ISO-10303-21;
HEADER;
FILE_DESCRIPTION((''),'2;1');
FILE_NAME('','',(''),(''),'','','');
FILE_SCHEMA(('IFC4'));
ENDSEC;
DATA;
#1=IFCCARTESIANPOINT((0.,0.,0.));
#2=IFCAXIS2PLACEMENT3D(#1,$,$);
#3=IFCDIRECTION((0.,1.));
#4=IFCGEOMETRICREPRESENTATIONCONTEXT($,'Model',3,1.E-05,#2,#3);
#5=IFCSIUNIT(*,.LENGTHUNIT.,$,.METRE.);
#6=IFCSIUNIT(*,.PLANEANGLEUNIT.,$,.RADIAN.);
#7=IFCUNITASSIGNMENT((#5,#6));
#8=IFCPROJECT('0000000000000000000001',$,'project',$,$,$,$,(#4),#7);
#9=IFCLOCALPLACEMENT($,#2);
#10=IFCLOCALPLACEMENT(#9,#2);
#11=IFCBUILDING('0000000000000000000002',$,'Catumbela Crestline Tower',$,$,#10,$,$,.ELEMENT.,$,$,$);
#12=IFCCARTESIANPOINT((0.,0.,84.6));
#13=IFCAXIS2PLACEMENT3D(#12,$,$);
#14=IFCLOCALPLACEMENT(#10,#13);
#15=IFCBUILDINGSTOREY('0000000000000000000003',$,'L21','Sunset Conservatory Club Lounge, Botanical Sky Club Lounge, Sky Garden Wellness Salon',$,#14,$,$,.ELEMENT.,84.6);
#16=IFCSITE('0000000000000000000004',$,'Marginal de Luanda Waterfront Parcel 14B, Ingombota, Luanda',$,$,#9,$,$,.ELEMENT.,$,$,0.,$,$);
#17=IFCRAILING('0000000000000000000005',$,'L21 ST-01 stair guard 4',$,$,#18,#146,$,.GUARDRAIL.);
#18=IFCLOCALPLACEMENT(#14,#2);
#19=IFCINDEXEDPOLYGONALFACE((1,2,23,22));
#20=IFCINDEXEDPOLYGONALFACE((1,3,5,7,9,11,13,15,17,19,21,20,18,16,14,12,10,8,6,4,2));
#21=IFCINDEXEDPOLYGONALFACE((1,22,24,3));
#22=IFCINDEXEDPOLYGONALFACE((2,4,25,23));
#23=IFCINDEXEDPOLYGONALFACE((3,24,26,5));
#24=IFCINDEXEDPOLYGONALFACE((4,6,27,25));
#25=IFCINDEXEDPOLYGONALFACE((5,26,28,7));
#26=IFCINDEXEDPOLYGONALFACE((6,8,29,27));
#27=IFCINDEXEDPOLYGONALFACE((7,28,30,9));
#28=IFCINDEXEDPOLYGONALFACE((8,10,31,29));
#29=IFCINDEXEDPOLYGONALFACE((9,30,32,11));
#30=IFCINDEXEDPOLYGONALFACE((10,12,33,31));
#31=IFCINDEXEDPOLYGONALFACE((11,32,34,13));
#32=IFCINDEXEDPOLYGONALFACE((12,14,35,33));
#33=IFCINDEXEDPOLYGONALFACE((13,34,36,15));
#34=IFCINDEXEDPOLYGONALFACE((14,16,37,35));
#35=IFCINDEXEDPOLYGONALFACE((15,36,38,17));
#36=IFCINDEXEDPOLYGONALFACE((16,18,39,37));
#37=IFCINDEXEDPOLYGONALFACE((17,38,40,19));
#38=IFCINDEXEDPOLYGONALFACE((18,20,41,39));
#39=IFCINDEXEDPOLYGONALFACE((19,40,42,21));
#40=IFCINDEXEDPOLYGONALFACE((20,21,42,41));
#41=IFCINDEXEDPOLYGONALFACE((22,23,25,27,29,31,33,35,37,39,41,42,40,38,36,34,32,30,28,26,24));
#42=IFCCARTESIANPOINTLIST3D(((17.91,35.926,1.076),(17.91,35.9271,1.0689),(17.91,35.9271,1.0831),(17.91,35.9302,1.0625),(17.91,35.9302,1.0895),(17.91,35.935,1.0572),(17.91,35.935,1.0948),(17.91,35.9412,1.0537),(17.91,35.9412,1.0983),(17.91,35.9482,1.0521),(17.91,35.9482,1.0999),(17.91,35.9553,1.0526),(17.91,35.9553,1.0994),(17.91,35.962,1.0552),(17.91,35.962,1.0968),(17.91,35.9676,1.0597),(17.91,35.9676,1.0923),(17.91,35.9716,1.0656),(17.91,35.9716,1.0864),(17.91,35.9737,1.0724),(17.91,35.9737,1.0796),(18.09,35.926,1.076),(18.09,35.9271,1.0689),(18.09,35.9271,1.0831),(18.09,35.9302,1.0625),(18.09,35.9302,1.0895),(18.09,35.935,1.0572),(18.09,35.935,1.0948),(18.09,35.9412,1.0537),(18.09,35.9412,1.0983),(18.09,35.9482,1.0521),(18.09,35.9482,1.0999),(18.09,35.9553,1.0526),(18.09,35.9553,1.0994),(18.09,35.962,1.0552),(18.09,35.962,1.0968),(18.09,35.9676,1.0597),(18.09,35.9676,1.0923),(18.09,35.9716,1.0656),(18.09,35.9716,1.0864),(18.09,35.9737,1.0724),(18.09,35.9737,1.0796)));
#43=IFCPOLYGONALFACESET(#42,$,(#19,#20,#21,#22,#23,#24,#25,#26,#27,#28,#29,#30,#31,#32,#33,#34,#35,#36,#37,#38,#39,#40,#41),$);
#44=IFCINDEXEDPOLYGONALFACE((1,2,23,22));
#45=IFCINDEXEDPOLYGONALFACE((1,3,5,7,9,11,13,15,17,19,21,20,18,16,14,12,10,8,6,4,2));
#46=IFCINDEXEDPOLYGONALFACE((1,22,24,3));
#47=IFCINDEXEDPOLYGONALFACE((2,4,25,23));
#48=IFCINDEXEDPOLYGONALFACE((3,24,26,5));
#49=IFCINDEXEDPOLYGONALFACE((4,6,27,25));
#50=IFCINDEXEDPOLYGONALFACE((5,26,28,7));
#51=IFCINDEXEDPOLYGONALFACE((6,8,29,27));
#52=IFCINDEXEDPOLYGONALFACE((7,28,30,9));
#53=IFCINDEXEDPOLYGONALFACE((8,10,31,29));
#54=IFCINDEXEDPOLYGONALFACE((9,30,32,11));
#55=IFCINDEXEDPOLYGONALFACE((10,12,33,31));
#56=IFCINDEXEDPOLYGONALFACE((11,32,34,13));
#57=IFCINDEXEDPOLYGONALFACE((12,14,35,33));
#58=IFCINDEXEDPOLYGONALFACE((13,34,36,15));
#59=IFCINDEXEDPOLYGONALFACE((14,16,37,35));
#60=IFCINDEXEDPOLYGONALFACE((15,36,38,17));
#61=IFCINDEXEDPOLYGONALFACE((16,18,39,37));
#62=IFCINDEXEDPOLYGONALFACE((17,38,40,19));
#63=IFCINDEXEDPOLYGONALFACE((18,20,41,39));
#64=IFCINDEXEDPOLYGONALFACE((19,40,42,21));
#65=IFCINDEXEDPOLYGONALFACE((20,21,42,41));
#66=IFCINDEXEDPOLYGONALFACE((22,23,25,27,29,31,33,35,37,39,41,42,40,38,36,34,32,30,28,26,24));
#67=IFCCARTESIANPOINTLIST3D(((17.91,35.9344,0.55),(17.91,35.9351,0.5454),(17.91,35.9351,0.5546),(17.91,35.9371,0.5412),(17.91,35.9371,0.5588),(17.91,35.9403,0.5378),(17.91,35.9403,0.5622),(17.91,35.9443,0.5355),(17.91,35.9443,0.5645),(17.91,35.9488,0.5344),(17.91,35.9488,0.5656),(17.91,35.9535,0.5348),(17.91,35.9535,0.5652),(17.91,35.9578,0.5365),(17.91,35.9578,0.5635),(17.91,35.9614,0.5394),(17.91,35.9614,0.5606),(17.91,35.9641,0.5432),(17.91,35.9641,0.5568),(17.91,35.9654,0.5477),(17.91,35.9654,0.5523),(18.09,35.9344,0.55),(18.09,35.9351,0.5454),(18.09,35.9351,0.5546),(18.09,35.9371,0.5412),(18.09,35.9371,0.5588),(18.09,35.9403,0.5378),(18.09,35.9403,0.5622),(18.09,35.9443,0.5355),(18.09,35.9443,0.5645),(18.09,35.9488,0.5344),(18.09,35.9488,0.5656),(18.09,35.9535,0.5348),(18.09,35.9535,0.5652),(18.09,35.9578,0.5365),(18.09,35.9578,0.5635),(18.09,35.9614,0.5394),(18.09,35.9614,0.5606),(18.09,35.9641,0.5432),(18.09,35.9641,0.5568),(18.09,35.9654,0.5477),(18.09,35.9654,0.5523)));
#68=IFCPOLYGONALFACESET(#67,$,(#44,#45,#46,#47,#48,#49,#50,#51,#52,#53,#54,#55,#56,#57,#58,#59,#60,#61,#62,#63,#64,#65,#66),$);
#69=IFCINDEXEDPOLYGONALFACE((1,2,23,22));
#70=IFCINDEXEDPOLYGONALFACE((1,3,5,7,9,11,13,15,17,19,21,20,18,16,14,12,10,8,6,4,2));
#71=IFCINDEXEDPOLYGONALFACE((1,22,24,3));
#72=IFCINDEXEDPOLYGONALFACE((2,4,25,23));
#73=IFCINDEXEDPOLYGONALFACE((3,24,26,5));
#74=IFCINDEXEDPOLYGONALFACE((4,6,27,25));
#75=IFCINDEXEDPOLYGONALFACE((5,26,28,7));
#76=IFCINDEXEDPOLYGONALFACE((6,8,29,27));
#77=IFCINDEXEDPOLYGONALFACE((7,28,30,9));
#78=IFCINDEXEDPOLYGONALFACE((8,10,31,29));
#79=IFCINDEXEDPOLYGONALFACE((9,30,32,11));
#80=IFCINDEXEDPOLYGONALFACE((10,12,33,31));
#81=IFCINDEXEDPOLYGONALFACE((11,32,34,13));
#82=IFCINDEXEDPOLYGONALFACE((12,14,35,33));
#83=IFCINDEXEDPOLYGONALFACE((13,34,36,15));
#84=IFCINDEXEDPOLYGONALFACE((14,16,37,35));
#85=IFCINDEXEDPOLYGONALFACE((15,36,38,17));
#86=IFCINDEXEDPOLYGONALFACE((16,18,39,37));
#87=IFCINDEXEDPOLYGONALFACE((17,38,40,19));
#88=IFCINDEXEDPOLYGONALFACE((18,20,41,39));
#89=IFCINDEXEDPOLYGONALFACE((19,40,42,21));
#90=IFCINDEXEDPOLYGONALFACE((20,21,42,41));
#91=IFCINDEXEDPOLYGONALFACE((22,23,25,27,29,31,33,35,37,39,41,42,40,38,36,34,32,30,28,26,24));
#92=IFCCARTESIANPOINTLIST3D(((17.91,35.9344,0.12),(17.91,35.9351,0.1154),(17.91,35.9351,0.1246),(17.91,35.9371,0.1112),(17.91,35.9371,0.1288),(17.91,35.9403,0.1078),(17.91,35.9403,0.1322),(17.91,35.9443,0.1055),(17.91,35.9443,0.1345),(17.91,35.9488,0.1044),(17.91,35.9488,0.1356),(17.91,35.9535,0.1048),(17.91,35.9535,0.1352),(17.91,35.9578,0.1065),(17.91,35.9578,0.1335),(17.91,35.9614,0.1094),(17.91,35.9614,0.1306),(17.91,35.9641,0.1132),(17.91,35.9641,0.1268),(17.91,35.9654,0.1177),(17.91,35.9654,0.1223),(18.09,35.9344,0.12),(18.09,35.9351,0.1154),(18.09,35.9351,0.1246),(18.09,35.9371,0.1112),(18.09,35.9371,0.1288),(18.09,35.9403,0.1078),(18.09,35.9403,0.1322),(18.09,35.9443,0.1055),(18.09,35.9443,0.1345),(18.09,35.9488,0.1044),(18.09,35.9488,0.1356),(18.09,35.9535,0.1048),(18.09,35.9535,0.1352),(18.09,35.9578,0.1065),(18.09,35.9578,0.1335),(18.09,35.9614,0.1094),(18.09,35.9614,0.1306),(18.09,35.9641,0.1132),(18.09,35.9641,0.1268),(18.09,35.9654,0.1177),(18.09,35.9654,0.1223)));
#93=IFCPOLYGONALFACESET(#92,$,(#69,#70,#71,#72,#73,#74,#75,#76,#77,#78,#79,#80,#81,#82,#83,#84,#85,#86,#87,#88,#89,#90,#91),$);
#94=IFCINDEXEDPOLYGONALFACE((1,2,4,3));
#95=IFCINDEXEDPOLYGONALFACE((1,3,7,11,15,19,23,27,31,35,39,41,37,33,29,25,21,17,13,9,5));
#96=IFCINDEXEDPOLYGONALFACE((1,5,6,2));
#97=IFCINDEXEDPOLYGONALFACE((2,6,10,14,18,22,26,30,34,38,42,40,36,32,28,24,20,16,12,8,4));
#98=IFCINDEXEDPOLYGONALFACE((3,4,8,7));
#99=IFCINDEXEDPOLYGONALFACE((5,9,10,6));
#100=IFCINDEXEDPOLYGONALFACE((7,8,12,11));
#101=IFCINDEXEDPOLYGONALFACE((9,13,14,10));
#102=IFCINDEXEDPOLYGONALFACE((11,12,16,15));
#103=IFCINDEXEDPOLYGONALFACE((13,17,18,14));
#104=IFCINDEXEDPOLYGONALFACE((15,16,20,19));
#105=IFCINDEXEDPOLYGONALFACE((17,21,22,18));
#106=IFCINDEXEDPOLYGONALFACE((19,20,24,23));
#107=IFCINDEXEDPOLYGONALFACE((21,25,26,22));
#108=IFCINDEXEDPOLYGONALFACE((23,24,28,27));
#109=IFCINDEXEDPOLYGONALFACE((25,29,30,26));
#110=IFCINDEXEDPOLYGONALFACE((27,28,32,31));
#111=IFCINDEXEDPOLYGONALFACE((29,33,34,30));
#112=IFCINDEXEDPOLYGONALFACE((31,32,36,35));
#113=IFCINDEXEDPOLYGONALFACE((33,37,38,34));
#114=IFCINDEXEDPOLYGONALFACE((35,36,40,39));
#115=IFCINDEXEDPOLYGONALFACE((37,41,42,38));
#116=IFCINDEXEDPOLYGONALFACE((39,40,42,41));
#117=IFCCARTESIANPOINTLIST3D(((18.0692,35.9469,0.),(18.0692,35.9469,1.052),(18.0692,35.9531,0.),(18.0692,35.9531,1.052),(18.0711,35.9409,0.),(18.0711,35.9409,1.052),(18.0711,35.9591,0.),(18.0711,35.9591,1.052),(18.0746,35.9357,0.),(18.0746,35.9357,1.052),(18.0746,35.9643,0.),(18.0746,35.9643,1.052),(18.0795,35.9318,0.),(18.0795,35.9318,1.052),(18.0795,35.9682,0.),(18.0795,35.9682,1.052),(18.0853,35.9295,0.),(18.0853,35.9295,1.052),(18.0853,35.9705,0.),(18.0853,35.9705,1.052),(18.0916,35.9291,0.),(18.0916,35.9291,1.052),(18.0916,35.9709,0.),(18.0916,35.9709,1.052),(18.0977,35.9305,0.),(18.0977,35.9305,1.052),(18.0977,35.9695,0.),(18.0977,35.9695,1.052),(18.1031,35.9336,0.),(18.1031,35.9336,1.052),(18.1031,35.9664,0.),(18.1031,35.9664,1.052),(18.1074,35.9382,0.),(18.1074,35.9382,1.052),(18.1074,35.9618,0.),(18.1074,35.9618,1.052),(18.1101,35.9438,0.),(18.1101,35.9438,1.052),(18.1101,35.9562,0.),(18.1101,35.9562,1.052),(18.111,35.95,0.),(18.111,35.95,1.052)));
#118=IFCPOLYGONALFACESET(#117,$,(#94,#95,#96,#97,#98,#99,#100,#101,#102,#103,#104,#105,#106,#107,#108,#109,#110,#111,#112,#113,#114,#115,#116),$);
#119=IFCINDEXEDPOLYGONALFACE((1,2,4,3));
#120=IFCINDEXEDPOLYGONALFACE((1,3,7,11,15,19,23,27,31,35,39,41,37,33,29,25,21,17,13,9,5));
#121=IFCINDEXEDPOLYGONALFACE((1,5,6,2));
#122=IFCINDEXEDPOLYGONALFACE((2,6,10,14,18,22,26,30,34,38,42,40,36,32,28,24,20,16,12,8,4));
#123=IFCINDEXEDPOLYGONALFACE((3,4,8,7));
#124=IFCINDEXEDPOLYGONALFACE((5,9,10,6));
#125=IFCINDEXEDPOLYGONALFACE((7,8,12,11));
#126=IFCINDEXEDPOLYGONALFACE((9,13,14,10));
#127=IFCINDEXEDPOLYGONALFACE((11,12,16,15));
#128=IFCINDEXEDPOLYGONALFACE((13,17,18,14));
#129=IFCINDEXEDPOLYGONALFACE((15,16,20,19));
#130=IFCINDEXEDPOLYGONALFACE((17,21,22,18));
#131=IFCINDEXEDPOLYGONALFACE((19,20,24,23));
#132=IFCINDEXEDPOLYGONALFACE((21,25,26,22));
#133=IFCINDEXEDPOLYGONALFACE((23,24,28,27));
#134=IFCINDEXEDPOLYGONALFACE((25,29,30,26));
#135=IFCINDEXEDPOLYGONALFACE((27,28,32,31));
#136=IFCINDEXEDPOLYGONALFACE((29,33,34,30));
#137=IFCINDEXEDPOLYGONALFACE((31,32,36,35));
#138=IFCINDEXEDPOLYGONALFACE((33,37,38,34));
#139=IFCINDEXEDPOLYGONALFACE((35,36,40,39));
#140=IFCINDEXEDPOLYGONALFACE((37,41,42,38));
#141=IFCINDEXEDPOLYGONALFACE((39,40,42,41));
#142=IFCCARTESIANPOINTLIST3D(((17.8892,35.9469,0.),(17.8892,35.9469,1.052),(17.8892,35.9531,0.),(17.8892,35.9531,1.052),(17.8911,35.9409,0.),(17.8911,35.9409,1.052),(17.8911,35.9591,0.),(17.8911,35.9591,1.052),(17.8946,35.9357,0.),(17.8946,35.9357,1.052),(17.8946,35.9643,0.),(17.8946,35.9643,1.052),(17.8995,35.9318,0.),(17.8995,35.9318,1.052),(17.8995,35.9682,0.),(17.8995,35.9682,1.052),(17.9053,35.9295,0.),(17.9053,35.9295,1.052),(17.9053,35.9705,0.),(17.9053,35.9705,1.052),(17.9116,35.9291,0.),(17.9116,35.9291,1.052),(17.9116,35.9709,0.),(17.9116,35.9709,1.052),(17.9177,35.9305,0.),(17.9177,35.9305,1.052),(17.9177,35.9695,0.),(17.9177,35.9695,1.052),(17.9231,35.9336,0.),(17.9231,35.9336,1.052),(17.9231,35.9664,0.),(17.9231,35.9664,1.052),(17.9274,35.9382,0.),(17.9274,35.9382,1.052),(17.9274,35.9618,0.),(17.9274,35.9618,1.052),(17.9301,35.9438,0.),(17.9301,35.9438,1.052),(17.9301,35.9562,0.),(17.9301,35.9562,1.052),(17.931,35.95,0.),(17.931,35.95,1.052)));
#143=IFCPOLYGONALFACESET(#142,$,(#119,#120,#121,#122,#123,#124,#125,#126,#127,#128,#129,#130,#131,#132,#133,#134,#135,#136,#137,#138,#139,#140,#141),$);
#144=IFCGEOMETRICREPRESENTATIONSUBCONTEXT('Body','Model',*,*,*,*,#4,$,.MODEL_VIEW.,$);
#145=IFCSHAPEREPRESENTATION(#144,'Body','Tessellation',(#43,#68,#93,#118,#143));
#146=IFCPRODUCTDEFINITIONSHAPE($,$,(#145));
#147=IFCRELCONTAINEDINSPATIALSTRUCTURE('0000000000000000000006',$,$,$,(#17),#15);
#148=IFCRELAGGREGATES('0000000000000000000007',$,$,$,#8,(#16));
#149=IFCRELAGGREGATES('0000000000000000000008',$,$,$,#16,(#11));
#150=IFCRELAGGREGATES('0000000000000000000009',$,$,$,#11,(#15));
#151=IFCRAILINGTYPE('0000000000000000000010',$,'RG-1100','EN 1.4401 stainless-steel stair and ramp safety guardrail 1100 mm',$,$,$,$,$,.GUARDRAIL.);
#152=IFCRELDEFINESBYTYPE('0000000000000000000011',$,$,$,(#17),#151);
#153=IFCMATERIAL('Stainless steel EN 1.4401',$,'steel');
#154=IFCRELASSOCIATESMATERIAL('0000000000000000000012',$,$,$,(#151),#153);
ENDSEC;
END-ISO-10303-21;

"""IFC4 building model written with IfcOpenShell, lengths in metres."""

from ifc_helpers import new_model, si_unit, direction, frame, origin, origin_2d, place, context, subcontext, project, spatial, circle, extrude, material, type_object, element, save


model = new_model("IFC4")

# Units and contexts
model_context = context("Model", 3, precision=1e-05, world=origin(), true_north=direction((0.0, 1.0)))
body_context = subcontext(model_context, "Body", "Model", "MODEL_VIEW")
ifc_project = project(units=[si_unit("LENGTHUNIT", "METRE"), si_unit("PLANEANGLEUNIT", "RADIAN")], contexts=[model_context])

# Site, building, storey
site_placement = place(None, origin())
site = spatial("IfcSite", under=ifc_project, at=site_placement, Name="Marginal de Luanda Waterfront Parcel 14B, Ingombota, Luanda", CompositionType="ELEMENT", RefElevation=0.0)
building_placement = place(site_placement, origin())
building = spatial("IfcBuilding", under=site, at=building_placement, Name="Catumbela Crestline Tower", CompositionType="ELEMENT")
storey_placement = place(building_placement, frame((0.0, 0.0, 84.6)))
storey = spatial("IfcBuildingStorey", under=building, at=storey_placement, Name="L21", Description="Sunset Conservatory Club Lounge, Botanical Sky Club Lounge, Sky Garden Wellness Salon", CompositionType="ELEMENT", Elevation=84.6)

# Shared definitions
ifc_material_1 = material(Name="Stainless steel EN 1.4401", Category="steel")

# Railing
railing_type_1 = type_object("IfcRailingType", Name="RG-1100", Description="EN 1.4401 stainless-steel stair and ramp safety guardrail 1100 mm", PredefinedType="GUARDRAIL", material=ifc_material_1)
railing_1_placement = place(storey_placement, frame((18.09, 35.95, 0.0)))
element("IfcRailing", 1, at=railing_1_placement, inside=storey, type_object=railing_type_1, Name="L21 ST-01 stair guard 4", PredefinedType="GUARDRAIL", context=body_context, shape_type="SweptSolid", body=[
    extrude(circle(Radius=0.024, at=origin_2d()), frame((0.0, 0.0, 1.076), z_axis=(-1.0, 0.0, 0.0), x_axis=(0.0, -1.0, 0.0)), (0.0, 0.0, 1.0), 0.18),
    extrude(circle(Radius=0.0156, at=origin_2d()), frame((0.0, 0.0, 0.55), z_axis=(-1.0, 0.0, 0.0), x_axis=(0.0, -1.0, 0.0)), (0.0, 0.0, 1.0), 0.18),
    extrude(circle(Radius=0.0156, at=origin_2d()), frame((0.0, 0.0, 0.12), z_axis=(-1.0, 0.0, 0.0), x_axis=(0.0, -1.0, 0.0)), (0.0, 0.0, 1.0), 0.18),
    extrude(circle(Radius=0.021, at=origin_2d()), origin(), (0.0, 0.0, 1.0), 1.052),
    extrude(circle(Radius=0.021, at=origin_2d()), frame((-0.18, 0.0, 0.0)), (0.0, 0.0, 1.0), 1.052),
])

save(model, "model.ifc")
